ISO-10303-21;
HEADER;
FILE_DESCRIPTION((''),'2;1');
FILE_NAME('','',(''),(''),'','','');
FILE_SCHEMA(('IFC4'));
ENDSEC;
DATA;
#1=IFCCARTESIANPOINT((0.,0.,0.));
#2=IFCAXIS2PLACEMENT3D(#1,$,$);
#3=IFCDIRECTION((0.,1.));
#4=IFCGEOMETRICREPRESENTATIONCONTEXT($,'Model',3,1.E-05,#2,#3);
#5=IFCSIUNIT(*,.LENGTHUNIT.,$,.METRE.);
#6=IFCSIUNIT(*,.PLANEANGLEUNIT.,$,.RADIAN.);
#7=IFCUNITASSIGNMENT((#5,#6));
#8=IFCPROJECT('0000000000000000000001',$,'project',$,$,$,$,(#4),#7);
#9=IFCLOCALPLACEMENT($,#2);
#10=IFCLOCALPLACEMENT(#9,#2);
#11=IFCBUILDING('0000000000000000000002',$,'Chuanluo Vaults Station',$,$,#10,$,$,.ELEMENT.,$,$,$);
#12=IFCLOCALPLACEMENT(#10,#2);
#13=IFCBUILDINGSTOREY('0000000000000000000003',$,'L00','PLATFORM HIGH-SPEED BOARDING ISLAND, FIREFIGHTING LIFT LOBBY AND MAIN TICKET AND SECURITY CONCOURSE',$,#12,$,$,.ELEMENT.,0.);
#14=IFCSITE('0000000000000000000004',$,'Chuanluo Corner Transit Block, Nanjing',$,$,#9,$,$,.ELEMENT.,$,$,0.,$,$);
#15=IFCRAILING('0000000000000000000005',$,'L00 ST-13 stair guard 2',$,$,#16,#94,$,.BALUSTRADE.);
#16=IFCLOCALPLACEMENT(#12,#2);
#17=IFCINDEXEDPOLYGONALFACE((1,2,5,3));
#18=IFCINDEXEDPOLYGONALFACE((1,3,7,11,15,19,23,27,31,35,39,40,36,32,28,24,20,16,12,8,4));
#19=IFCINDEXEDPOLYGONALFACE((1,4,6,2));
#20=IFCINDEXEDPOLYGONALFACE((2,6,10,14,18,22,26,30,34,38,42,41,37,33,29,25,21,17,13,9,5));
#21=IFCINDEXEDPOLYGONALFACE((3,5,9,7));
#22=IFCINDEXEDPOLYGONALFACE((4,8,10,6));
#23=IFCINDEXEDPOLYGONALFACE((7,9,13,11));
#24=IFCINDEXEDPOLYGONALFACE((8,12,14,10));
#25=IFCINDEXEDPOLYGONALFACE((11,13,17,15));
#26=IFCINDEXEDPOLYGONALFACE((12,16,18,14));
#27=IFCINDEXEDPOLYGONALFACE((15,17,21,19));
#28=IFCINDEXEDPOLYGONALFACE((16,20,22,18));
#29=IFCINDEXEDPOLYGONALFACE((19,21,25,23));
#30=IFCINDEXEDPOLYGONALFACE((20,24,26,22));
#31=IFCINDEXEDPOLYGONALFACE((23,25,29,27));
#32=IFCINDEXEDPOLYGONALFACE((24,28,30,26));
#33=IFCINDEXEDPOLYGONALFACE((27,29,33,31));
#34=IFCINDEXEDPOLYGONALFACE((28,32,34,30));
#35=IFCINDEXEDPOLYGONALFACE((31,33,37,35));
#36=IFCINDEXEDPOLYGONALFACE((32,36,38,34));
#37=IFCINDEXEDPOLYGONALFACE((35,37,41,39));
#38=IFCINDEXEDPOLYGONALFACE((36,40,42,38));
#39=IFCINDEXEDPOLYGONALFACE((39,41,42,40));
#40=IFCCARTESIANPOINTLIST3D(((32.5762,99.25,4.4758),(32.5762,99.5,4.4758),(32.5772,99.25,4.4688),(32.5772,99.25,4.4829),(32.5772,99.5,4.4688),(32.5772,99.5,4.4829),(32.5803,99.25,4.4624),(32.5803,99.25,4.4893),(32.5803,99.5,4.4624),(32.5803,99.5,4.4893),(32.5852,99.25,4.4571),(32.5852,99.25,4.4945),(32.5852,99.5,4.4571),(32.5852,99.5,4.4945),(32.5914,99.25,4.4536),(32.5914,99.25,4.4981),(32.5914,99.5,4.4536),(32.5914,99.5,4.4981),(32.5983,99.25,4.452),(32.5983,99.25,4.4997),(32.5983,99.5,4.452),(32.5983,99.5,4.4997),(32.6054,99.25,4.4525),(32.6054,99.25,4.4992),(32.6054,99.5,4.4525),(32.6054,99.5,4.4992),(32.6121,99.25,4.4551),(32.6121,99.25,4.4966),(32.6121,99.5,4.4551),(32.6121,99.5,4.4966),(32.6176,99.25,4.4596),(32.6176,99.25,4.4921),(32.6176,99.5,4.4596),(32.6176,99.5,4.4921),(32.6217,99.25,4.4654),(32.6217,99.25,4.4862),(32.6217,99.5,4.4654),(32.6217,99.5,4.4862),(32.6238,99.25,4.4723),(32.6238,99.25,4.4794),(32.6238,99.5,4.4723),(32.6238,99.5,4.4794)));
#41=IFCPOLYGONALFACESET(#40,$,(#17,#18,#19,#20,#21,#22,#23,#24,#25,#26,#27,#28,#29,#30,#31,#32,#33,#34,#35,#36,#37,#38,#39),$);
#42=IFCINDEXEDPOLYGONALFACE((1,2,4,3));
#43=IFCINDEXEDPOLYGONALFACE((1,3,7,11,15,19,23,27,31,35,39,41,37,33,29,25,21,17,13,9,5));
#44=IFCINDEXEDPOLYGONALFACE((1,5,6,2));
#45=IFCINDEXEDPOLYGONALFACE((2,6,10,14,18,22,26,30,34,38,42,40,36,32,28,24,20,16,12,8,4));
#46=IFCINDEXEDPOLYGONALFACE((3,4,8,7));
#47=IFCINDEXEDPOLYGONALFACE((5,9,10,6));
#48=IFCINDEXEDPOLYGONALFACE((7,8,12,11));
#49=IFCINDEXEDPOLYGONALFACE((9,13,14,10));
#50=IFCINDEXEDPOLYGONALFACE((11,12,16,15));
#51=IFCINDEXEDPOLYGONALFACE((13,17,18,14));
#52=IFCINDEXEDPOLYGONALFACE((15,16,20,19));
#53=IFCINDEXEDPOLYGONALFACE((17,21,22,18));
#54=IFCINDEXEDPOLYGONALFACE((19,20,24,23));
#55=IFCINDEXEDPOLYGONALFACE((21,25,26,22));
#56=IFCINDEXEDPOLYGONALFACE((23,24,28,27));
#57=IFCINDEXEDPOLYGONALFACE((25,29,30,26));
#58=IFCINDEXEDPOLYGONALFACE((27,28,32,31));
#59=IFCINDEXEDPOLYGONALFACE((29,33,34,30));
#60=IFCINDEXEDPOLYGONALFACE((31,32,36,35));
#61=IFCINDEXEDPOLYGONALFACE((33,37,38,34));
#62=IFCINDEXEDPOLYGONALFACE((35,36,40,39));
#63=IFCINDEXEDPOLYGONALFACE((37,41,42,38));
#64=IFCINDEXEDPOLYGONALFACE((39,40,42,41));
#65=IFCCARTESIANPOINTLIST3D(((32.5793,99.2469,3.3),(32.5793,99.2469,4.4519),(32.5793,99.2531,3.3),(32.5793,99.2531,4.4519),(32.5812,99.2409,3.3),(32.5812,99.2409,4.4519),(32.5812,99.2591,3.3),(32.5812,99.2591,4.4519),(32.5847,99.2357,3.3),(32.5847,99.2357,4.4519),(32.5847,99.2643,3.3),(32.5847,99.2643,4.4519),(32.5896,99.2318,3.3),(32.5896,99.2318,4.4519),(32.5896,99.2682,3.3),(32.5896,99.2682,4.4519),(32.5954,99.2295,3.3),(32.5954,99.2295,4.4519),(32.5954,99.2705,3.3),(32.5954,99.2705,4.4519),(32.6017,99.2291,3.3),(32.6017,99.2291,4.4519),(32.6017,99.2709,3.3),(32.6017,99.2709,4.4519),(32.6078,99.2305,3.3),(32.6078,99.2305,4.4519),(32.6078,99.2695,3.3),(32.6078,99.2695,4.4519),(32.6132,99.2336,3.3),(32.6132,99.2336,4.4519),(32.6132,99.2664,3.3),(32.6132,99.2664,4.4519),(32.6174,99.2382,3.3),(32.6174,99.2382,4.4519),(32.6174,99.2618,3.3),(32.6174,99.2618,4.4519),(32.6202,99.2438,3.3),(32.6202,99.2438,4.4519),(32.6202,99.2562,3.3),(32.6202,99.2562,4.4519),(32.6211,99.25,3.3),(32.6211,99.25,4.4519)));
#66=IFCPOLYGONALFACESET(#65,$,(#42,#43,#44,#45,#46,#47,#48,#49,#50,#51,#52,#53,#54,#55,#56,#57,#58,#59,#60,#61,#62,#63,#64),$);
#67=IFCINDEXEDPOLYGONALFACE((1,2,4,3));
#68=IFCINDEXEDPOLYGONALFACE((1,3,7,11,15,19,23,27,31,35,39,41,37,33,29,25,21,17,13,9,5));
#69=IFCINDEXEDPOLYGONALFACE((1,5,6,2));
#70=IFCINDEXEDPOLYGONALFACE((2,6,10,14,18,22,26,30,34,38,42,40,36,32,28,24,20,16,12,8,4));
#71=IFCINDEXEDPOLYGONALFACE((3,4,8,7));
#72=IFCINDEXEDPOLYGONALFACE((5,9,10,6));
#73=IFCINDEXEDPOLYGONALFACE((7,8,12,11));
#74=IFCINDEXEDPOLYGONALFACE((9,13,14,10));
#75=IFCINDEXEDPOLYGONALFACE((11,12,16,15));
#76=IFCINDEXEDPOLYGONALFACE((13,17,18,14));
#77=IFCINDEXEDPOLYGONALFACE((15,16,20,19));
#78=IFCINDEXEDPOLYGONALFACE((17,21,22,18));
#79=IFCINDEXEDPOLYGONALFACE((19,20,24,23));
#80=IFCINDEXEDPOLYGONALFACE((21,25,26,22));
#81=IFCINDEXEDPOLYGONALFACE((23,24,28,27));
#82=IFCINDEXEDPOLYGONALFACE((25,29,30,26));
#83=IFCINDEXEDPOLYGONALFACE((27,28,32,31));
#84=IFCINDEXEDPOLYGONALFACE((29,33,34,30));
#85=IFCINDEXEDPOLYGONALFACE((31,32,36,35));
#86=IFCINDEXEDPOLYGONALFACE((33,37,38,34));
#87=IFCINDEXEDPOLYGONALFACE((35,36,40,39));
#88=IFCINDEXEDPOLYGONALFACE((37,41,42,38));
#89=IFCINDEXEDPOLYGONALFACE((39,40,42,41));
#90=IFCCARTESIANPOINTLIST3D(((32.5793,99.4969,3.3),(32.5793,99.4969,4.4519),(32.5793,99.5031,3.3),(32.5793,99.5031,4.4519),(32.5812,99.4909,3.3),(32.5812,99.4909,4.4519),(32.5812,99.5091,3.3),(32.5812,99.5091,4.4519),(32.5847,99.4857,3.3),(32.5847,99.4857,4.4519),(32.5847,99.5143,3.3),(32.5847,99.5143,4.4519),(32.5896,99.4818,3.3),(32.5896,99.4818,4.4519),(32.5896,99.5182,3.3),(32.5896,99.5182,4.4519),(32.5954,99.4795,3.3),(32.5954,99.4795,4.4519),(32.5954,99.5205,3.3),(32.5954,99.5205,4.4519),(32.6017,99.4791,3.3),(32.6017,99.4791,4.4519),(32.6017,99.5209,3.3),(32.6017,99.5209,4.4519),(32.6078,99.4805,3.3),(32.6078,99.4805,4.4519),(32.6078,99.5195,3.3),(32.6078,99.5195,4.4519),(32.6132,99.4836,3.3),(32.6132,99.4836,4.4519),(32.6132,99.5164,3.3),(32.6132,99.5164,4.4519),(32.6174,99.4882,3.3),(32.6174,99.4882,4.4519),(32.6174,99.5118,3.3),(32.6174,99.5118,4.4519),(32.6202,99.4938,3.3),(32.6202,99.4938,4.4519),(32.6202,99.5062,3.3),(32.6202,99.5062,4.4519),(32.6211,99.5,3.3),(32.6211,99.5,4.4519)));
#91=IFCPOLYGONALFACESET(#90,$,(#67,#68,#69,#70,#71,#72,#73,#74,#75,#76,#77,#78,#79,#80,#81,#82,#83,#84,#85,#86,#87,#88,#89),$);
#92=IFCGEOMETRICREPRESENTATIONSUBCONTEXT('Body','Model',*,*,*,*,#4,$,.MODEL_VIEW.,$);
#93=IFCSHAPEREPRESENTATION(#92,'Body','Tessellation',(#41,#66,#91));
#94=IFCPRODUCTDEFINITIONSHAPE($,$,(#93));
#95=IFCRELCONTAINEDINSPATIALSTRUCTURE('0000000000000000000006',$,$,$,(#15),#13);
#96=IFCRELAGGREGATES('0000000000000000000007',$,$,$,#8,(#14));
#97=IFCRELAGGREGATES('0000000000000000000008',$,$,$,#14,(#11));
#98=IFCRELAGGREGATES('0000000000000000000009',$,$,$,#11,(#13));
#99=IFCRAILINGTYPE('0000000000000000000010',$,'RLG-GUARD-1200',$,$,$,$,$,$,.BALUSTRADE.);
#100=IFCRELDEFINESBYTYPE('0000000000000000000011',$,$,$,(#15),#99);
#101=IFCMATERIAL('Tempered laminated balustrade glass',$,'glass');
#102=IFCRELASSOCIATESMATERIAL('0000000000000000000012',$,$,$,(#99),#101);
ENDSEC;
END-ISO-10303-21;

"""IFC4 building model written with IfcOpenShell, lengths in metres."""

from ifc_helpers import new_model, si_unit, direction, frame, origin, origin_2d, place, context, subcontext, project, spatial, circle, extrude, material, type_object, element, save


model = new_model("IFC4")

# Units and contexts
model_context = context("Model", 3, precision=1e-05, world=origin(), true_north=direction((0.0, 1.0)))
body_context = subcontext(model_context, "Body", "Model", "MODEL_VIEW")
ifc_project = project(units=[si_unit("LENGTHUNIT", "METRE"), si_unit("PLANEANGLEUNIT", "RADIAN")], contexts=[model_context])

# Site, building, storey
site_placement = place(None, origin())
site = spatial("IfcSite", under=ifc_project, at=site_placement, Name="Chuanluo Corner Transit Block, Nanjing", CompositionType="ELEMENT", RefElevation=0.0)
building_placement = place(site_placement, origin())
building = spatial("IfcBuilding", under=site, at=building_placement, Name="Chuanluo Vaults Station", CompositionType="ELEMENT")
storey_placement = place(building_placement, origin())
storey = spatial("IfcBuildingStorey", under=building, at=storey_placement, Name="L00", Description="PLATFORM HIGH-SPEED BOARDING ISLAND, FIREFIGHTING LIFT LOBBY AND MAIN TICKET AND SECURITY CONCOURSE", CompositionType="ELEMENT", Elevation=0.0)

# Railing
ifc_material_1 = material(Name="Tempered laminated balustrade glass", Category="glass")
railing_type_1 = type_object("IfcRailingType", Name="RLG-GUARD-1200", PredefinedType="BALUSTRADE", material=ifc_material_1)
railing_1_placement = place(storey_placement, frame((32.6001, 99.25, 3.3)))
element("IfcRailing", 1, at=railing_1_placement, inside=storey, type_object=railing_type_1, Name="L00 ST-13 stair guard 2", PredefinedType="BALUSTRADE", context=body_context, shape_type="SweptSolid", body=[
    extrude(circle(Radius=0.0239, at=origin_2d()), frame((0.0, 0.0, 1.1758), z_axis=(0.0, 1.0, 0.0), x_axis=(-1.0, 0.0, 0.0)), (0.0, 0.0, 1.0), 0.25),
    extrude(circle(Radius=0.021, at=origin_2d()), origin(), (0.0, 0.0, 1.0), 1.1519),
    extrude(circle(Radius=0.021, at=origin_2d()), frame((0.0, 0.25, 0.0)), (0.0, 0.0, 1.0), 1.1519),
])

save(model, "model.ifc")
